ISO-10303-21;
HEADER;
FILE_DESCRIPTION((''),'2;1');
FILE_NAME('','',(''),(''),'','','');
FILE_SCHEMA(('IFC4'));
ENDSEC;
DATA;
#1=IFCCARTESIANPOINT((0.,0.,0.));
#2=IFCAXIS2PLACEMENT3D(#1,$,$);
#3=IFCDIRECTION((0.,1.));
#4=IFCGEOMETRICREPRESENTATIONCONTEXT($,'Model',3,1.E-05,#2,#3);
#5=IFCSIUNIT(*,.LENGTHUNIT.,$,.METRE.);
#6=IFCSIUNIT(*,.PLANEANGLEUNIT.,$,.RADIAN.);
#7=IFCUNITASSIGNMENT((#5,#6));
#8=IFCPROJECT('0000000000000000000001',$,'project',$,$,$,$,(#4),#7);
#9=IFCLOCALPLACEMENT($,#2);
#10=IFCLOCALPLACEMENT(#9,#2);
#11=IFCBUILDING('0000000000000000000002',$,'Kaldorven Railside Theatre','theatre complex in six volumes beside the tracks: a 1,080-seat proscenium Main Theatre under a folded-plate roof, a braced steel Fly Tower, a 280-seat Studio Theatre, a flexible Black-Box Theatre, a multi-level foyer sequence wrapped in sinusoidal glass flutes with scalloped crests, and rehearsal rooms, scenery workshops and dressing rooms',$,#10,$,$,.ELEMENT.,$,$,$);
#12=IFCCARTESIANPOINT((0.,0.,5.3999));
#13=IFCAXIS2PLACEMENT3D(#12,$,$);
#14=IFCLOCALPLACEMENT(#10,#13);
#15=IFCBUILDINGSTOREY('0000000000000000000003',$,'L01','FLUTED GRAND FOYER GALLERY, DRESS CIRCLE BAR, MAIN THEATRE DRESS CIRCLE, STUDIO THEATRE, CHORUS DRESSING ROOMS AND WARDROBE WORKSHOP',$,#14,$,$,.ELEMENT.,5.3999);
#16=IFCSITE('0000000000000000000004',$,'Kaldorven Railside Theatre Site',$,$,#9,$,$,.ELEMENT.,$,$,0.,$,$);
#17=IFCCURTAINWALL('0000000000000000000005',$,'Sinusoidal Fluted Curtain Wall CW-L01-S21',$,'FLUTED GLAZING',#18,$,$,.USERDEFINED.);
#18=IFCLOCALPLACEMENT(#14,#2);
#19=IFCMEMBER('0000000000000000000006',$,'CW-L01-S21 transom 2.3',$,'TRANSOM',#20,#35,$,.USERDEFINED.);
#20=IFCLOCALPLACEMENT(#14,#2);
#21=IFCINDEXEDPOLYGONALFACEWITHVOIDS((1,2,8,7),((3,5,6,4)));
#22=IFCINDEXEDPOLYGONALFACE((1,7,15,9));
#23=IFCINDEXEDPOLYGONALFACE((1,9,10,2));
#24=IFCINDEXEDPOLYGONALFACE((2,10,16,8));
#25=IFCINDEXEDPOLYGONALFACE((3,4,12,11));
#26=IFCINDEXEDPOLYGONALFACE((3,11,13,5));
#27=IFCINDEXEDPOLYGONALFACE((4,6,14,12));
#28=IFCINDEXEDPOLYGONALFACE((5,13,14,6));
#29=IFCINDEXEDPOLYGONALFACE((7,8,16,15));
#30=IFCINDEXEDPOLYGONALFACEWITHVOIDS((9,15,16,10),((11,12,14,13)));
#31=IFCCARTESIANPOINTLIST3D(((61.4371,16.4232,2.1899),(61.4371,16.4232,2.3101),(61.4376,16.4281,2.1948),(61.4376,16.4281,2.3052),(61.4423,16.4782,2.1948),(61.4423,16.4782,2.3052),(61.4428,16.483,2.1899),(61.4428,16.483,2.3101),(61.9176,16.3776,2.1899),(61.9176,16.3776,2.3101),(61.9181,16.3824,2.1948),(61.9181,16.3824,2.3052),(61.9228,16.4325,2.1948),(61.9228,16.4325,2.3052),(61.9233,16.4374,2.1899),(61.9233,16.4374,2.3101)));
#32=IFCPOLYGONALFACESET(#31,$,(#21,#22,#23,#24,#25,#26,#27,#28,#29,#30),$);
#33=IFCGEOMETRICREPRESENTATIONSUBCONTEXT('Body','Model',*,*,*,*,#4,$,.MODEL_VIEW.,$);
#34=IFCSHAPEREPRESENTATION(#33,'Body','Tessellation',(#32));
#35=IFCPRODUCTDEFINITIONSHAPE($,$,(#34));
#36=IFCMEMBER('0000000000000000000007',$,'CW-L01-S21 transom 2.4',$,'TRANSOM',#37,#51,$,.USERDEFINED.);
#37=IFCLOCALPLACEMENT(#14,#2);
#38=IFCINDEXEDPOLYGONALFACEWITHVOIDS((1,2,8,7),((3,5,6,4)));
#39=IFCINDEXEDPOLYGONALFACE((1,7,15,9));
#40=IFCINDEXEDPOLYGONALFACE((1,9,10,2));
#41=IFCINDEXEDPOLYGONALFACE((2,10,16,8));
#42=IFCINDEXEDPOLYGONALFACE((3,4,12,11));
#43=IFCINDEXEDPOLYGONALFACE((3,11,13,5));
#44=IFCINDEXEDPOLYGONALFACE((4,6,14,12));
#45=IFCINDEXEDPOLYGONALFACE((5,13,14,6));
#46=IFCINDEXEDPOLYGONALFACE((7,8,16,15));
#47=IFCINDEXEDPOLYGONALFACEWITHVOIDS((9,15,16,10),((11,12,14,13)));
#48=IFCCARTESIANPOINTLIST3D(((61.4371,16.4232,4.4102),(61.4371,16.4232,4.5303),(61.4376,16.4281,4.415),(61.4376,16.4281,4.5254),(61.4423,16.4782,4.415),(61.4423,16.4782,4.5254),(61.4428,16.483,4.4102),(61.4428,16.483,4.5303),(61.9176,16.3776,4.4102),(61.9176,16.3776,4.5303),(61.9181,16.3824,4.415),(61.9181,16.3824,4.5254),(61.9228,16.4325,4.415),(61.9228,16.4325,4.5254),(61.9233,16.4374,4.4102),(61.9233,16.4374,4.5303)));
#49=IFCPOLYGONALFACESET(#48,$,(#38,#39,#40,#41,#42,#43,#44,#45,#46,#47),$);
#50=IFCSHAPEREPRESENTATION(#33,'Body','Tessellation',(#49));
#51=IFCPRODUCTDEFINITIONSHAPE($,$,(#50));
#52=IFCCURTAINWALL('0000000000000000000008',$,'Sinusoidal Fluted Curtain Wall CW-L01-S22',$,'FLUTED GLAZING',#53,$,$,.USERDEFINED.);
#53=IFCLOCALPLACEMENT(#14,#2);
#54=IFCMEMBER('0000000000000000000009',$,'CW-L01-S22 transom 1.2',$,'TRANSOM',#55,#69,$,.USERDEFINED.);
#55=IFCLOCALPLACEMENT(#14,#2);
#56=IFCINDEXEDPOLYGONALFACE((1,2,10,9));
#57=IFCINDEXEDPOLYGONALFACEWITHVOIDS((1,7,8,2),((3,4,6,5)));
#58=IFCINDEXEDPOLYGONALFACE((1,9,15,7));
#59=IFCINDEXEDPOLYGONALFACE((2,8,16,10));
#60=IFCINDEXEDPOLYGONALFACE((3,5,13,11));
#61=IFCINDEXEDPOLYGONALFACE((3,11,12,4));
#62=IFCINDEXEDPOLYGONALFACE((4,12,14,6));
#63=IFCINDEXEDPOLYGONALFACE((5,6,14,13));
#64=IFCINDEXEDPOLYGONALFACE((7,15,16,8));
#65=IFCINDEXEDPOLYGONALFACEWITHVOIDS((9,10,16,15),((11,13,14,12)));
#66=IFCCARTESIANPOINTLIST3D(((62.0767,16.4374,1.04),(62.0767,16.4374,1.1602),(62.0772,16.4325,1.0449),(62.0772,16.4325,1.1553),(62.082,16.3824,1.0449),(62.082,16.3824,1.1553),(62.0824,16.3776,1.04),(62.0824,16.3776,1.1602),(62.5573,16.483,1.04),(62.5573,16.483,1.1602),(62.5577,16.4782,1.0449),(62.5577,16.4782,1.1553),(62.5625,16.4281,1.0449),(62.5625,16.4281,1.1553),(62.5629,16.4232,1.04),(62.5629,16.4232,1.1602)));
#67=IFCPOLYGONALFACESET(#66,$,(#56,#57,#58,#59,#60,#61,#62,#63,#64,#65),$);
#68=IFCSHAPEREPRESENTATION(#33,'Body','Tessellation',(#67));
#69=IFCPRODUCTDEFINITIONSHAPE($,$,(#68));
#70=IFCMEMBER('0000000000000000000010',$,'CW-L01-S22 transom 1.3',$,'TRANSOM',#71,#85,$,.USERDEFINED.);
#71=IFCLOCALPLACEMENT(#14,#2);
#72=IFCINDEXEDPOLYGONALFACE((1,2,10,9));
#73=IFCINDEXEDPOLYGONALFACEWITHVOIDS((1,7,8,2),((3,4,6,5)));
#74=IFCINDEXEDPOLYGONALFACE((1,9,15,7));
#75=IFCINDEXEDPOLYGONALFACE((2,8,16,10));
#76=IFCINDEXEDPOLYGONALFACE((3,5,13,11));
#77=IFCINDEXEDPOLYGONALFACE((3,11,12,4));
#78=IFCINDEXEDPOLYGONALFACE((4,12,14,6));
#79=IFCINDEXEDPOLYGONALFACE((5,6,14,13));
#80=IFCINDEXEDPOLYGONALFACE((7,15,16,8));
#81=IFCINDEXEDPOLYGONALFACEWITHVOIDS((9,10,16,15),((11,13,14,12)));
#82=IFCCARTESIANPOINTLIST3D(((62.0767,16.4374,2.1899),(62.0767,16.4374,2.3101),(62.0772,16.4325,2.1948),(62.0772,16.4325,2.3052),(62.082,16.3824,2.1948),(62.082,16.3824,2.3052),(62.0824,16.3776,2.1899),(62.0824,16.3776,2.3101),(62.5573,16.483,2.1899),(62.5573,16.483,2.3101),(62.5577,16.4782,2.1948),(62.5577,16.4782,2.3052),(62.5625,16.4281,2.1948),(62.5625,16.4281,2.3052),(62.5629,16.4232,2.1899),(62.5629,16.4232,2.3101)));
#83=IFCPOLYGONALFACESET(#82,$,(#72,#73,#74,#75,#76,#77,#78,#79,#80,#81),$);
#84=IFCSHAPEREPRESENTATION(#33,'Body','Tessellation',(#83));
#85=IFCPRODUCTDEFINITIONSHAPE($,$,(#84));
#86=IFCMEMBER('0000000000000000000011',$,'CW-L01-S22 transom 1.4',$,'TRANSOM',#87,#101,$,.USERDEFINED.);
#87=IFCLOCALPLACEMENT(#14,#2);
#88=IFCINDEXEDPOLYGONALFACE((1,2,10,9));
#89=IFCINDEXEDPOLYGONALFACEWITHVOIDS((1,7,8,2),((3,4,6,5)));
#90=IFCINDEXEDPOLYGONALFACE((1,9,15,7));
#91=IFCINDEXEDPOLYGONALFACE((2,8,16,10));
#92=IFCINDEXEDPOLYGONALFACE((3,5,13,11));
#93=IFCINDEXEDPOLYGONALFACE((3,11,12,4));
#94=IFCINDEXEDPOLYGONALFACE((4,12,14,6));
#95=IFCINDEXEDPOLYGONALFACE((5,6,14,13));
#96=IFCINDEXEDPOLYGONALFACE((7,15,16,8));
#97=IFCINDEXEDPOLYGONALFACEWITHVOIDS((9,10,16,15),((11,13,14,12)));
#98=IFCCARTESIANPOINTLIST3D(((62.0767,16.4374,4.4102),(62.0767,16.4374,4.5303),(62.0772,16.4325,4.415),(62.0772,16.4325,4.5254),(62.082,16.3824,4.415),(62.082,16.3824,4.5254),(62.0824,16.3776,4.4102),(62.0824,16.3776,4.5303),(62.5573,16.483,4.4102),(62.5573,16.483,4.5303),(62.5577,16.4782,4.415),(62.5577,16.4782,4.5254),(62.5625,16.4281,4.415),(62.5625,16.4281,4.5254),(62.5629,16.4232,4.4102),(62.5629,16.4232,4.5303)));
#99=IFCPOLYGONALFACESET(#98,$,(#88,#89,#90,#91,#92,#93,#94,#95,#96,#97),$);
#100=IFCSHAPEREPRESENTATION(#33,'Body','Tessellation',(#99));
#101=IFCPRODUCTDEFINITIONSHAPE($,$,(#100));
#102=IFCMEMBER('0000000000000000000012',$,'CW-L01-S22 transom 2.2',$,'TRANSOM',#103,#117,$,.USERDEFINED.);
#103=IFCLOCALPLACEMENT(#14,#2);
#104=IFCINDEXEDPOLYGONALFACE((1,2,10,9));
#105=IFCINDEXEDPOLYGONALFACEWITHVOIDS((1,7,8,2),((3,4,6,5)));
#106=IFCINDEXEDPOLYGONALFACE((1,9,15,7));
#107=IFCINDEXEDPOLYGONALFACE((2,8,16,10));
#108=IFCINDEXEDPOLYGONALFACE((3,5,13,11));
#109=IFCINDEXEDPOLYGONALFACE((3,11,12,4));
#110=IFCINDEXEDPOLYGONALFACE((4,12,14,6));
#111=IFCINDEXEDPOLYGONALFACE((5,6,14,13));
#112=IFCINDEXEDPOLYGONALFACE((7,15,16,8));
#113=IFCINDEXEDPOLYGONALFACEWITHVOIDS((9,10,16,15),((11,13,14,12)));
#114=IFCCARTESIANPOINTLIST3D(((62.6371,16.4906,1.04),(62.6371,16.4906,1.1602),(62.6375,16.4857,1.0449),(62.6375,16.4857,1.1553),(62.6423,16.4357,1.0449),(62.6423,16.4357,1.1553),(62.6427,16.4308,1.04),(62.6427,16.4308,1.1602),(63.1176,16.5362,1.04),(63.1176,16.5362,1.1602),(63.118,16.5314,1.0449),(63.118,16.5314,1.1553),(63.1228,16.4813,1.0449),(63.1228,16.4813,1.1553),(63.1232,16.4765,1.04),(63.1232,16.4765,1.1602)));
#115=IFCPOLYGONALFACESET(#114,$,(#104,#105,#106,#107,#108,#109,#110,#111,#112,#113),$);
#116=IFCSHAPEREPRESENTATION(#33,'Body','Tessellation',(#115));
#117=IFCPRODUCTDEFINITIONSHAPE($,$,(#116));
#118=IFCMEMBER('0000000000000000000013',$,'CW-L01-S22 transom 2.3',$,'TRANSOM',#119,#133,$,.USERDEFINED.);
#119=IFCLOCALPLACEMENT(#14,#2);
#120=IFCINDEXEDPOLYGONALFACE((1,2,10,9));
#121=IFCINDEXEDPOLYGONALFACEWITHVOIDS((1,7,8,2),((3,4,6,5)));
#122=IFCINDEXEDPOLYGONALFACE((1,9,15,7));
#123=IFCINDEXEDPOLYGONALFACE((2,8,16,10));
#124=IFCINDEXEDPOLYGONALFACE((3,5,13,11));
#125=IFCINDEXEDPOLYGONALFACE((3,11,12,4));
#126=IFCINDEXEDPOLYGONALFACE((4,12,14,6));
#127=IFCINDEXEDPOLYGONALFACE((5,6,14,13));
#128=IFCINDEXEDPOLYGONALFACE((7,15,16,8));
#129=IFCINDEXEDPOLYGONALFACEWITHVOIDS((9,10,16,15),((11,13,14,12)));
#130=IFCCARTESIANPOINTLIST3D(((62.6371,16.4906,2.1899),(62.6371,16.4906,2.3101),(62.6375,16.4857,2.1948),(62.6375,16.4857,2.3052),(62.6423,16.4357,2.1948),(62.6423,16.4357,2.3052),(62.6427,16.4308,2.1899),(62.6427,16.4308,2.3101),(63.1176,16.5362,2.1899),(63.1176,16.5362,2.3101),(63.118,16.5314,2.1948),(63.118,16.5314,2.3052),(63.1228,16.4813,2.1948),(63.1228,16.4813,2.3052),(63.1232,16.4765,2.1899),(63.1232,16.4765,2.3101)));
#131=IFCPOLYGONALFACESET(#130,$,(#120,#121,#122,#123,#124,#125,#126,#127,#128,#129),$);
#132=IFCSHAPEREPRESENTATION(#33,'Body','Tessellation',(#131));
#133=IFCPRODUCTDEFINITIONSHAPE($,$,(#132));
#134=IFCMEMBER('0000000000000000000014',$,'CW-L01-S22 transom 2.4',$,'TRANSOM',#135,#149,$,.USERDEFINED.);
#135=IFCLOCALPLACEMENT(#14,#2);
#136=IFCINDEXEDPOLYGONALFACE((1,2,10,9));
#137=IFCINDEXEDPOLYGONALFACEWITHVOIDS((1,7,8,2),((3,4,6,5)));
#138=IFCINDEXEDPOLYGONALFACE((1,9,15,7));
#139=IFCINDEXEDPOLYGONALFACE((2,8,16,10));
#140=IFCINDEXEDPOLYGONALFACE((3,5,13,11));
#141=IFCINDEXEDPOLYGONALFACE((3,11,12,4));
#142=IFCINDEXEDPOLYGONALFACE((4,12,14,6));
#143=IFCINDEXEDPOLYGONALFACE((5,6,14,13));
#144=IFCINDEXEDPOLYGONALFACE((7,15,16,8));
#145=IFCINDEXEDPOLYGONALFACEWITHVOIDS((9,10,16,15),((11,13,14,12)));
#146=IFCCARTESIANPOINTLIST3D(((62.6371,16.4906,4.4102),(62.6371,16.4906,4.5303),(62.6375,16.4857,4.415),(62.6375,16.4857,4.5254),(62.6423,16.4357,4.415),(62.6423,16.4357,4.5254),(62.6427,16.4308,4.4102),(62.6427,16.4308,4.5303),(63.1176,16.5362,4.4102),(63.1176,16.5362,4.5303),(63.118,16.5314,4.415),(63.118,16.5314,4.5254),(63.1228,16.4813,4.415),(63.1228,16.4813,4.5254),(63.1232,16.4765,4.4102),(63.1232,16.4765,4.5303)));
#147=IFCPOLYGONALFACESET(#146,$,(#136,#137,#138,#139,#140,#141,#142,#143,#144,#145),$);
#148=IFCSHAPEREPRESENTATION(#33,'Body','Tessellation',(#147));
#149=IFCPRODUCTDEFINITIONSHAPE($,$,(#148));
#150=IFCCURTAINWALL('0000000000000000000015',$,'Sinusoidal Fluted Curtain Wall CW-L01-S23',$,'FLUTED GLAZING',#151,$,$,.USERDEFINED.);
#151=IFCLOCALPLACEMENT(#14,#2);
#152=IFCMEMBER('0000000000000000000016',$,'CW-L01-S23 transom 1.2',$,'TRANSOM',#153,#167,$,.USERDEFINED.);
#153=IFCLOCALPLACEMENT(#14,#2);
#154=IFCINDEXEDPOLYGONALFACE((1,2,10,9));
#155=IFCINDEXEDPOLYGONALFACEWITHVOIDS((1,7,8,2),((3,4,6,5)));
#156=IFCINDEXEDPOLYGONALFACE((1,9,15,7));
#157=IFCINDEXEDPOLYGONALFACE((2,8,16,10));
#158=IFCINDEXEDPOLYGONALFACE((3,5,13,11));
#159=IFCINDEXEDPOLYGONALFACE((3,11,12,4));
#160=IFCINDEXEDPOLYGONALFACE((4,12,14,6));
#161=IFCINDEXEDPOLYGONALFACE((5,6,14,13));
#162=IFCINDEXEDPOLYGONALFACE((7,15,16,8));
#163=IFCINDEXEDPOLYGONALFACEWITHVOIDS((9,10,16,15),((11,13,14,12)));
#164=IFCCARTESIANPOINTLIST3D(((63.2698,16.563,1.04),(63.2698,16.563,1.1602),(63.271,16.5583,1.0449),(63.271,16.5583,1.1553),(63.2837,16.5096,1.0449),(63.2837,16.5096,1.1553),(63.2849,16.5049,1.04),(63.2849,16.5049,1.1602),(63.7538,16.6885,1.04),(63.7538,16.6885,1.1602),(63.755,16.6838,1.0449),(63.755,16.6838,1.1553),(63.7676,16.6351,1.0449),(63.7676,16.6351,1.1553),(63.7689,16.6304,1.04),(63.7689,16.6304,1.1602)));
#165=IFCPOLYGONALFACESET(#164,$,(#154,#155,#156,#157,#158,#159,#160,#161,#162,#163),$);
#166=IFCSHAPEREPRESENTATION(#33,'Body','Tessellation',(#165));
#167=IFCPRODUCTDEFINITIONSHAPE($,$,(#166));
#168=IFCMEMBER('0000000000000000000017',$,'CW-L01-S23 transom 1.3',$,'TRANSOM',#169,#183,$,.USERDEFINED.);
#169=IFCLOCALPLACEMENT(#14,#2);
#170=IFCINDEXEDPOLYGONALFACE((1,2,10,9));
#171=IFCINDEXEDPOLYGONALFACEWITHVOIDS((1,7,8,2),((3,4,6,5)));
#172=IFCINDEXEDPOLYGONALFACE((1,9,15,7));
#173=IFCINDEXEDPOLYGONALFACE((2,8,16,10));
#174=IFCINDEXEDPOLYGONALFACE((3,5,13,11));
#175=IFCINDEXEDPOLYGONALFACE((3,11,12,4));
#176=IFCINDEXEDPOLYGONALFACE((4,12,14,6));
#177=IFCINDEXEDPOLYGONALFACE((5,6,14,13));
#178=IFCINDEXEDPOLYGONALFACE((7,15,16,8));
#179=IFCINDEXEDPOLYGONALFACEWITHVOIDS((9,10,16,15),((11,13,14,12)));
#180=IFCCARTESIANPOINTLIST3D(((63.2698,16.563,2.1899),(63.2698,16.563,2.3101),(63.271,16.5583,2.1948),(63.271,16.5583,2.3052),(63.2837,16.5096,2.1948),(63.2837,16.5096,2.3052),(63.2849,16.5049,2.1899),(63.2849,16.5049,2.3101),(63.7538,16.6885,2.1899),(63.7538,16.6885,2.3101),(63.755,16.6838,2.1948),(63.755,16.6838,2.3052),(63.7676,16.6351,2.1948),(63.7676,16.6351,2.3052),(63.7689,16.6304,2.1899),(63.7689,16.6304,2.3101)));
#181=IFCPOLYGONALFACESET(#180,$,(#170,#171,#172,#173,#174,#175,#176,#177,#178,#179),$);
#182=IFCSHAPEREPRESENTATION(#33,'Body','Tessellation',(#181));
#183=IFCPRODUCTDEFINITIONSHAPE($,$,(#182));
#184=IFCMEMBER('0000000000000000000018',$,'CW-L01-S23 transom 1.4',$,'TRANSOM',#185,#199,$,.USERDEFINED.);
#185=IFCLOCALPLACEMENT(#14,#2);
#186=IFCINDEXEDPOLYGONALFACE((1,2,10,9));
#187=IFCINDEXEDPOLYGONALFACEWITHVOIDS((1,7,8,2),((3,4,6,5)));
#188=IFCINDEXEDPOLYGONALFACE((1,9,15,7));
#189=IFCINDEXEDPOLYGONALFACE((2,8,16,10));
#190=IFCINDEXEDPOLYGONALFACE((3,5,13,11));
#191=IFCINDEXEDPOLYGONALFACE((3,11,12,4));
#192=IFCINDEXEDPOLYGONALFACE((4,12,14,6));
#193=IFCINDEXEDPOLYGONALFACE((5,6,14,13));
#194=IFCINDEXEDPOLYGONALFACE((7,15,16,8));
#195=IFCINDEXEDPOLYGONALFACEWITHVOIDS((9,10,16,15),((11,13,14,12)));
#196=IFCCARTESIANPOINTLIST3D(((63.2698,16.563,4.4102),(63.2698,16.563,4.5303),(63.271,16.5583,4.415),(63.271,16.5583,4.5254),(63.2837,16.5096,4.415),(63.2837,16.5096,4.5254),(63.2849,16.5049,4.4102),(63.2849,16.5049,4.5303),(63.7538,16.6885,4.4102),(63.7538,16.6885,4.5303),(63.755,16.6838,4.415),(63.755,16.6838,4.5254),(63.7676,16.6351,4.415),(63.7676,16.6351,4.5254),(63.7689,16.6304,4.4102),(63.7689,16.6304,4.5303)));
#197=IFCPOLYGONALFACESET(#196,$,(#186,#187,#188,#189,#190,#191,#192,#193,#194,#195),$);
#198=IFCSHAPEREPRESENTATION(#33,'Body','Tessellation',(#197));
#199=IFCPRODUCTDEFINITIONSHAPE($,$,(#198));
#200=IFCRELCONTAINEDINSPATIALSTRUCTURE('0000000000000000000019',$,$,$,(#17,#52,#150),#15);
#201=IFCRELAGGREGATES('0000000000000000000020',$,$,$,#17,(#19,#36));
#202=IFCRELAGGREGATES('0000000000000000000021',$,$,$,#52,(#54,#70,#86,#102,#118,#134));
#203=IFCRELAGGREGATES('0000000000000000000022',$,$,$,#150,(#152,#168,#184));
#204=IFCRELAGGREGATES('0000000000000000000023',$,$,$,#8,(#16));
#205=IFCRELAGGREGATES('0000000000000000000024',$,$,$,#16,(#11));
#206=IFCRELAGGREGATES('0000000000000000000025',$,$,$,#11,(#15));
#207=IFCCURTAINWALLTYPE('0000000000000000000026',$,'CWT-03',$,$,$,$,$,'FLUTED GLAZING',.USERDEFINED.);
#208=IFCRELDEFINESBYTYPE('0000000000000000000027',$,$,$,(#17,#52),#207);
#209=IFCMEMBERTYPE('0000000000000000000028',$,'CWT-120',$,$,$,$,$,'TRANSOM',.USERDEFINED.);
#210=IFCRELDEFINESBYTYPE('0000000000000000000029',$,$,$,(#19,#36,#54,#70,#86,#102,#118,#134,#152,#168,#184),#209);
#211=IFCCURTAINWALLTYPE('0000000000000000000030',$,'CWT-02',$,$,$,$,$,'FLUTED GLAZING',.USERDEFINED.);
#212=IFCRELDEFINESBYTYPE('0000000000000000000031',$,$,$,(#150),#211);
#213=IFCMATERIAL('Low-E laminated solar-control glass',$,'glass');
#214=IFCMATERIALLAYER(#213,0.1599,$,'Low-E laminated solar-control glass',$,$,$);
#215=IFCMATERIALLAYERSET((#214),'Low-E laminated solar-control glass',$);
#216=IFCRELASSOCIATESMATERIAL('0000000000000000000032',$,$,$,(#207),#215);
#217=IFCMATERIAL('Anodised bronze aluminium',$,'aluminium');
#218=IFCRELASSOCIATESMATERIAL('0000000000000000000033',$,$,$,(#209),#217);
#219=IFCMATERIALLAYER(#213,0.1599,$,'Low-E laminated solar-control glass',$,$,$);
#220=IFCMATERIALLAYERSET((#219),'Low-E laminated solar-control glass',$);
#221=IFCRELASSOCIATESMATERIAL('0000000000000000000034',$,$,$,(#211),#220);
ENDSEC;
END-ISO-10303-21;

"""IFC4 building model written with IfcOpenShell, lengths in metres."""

from ifc_helpers import new_model, si_unit, direction, frame, origin, origin_2d, place, context, subcontext, project, spatial, hollow_rectangle, extrude, material, layer, layer_set, material_profile, profile_set, type_object, element, aggregate, save


model = new_model("IFC4")

# Units and contexts
model_context = context("Model", 3, precision=1e-05, world=origin(), true_north=direction((0.0, 1.0)))
body_context = subcontext(model_context, "Body", "Model", "MODEL_VIEW")
ifc_project = project(units=[si_unit("LENGTHUNIT", "METRE"), si_unit("PLANEANGLEUNIT", "RADIAN")], contexts=[model_context])

# Site, building, storey
site_placement = place(None, origin())
site = spatial("IfcSite", under=ifc_project, at=site_placement, Name="Kaldorven Railside Theatre Site", CompositionType="ELEMENT", RefElevation=0.0)
building_placement = place(site_placement, origin())
building = spatial("IfcBuilding", under=site, at=building_placement, Name="Kaldorven Railside Theatre", Description="theatre complex in six volumes beside the tracks: a 1,080-seat proscenium Main Theatre under a folded-plate roof, a braced steel Fly Tower, a 280-seat Studio Theatre, a flexible Black-Box Theatre, a multi-level foyer sequence wrapped in sinusoidal glass flutes with scalloped crests, and rehearsal rooms, scenery workshops and dressing rooms", CompositionType="ELEMENT")
storey_placement = place(building_placement, frame((0.0, 0.0, 5.3999)))
storey = spatial("IfcBuildingStorey", under=building, at=storey_placement, Name="L01", Description="FLUTED GRAND FOYER GALLERY, DRESS CIRCLE BAR, MAIN THEATRE DRESS CIRCLE, STUDIO THEATRE, CHORUS DRESSING ROOMS AND WARDROBE WORKSHOP", CompositionType="ELEMENT", Elevation=5.3999)

# Curtain walls, members
ifc_material_1 = material(Name="Low-E laminated solar-control glass", Category="glass")
ifc_layer_1 = layer(ifc_material_1, 0.1599, Name="Low-E laminated solar-control glass")
ifc_layer_set_1 = layer_set([ifc_layer_1], Name="Low-E laminated solar-control glass")
curtain_wall_type_1 = type_object("IfcCurtainWallType", Name="CWT-03", ElementType="FLUTED GLAZING", PredefinedType="USERDEFINED", material=ifc_layer_set_1)
curtain_wall_1_placement = place(storey_placement, origin())
curtain_wall_1 = element("IfcCurtainWall", 1, at=curtain_wall_1_placement, inside=storey, type_object=curtain_wall_type_1, Name="Sinusoidal Fluted Curtain Wall CW-L01-S21", ObjectType="FLUTED GLAZING", PredefinedType="USERDEFINED")
ifc_material_2 = material(Name="Anodised bronze aluminium", Category="aluminium")
ifc_material_profile = material_profile(ifc_material_2, hollow_rectangle(XDim=0.0601, YDim=0.1201, WallThickness=0.0049, at=origin_2d()), Name="RHS 120x60x5")
ifc_profile_set = profile_set([ifc_material_profile], Name="Anodised bronze aluminium")
member_type = type_object("IfcMemberType", Name="CWT-120", ElementType="TRANSOM", PredefinedType="USERDEFINED", material=ifc_profile_set)
member_1_placement = place(storey_placement, frame((61.4399, 16.4531, 2.25), z_axis=(0.995516, -0.094594, 0.0), x_axis=(0.094594, 0.995516, 0.0)))
member_1 = element("IfcMember", 2, at=member_1_placement, type_object=member_type, Name="CW-L01-S21 transom 2.3", ObjectType="TRANSOM", PredefinedType="USERDEFINED", context=body_context, shape_type="SweptSolid", body=[
    extrude(hollow_rectangle(XDim=0.0601, YDim=0.1201, WallThickness=0.0049, at=origin_2d()), origin(), (0.0, 0.0, 1.0), 0.4827),
])
member_2_placement = place(storey_placement, frame((61.4399, 16.4531, 4.4702), z_axis=(0.995516, -0.094594, 0.0), x_axis=(0.094594, 0.995516, 0.0)))
member_2 = element("IfcMember", 3, at=member_2_placement, type_object=member_type, Name="CW-L01-S21 transom 2.4", ObjectType="TRANSOM", PredefinedType="USERDEFINED", context=body_context, shape_type="SweptSolid", body=[
    extrude(hollow_rectangle(XDim=0.0601, YDim=0.1201, WallThickness=0.0049, at=origin_2d()), origin(), (0.0, 0.0, 1.0), 0.4827),
])
curtain_wall_2_placement = place(storey_placement, origin())
curtain_wall_2 = element("IfcCurtainWall", 4, at=curtain_wall_2_placement, inside=storey, type_object=curtain_wall_type_1, Name="Sinusoidal Fluted Curtain Wall CW-L01-S22", ObjectType="FLUTED GLAZING", PredefinedType="USERDEFINED")
member_3_placement = place(storey_placement, frame((62.0796, 16.4075, 1.1001), z_axis=(0.995516, 0.094594, 0.0), x_axis=(-0.094594, 0.995516, 0.0)))
member_3 = element("IfcMember", 5, at=member_3_placement, type_object=member_type, Name="CW-L01-S22 transom 1.2", ObjectType="TRANSOM", PredefinedType="USERDEFINED", context=body_context, shape_type="SweptSolid", body=[
    extrude(hollow_rectangle(XDim=0.0601, YDim=0.1201, WallThickness=0.0049, at=origin_2d()), origin(), (0.0, 0.0, 1.0), 0.4827),
])
member_4_placement = place(storey_placement, frame((62.0796, 16.4075, 2.25), z_axis=(0.995516, 0.094594, 0.0), x_axis=(-0.094594, 0.995516, 0.0)))
member_4 = element("IfcMember", 6, at=member_4_placement, type_object=member_type, Name="CW-L01-S22 transom 1.3", ObjectType="TRANSOM", PredefinedType="USERDEFINED", context=body_context, shape_type="SweptSolid", body=[
    extrude(hollow_rectangle(XDim=0.0601, YDim=0.1201, WallThickness=0.0049, at=origin_2d()), origin(), (0.0, 0.0, 1.0), 0.4827),
])
member_5_placement = place(storey_placement, frame((62.0796, 16.4075, 4.4702), z_axis=(0.995516, 0.094594, 0.0), x_axis=(-0.094594, 0.995516, 0.0)))
member_5 = element("IfcMember", 7, at=member_5_placement, type_object=member_type, Name="CW-L01-S22 transom 1.4", ObjectType="TRANSOM", PredefinedType="USERDEFINED", context=body_context, shape_type="SweptSolid", body=[
    extrude(hollow_rectangle(XDim=0.0601, YDim=0.1201, WallThickness=0.0049, at=origin_2d()), origin(), (0.0, 0.0, 1.0), 0.4827),
])
member_6_placement = place(storey_placement, frame((62.6399, 16.4607, 1.1001), z_axis=(0.995516, 0.094594, 0.0), x_axis=(-0.094594, 0.995516, 0.0)))
member_6 = element("IfcMember", 8, at=member_6_placement, type_object=member_type, Name="CW-L01-S22 transom 2.2", ObjectType="TRANSOM", PredefinedType="USERDEFINED", context=body_context, shape_type="SweptSolid", body=[
    extrude(hollow_rectangle(XDim=0.0601, YDim=0.1201, WallThickness=0.0049, at=origin_2d()), origin(), (0.0, 0.0, 1.0), 0.4827),
])
member_7_placement = place(storey_placement, frame((62.6399, 16.4607, 2.25), z_axis=(0.995516, 0.094594, 0.0), x_axis=(-0.094594, 0.995516, 0.0)))
member_7 = element("IfcMember", 9, at=member_7_placement, type_object=member_type, Name="CW-L01-S22 transom 2.3", ObjectType="TRANSOM", PredefinedType="USERDEFINED", context=body_context, shape_type="SweptSolid", body=[
    extrude(hollow_rectangle(XDim=0.0601, YDim=0.1201, WallThickness=0.0049, at=origin_2d()), origin(), (0.0, 0.0, 1.0), 0.4827),
])
member_8_placement = place(storey_placement, frame((62.6399, 16.4607, 4.4702), z_axis=(0.995516, 0.094594, 0.0), x_axis=(-0.094594, 0.995516, 0.0)))
member_8 = element("IfcMember", 10, at=member_8_placement, type_object=member_type, Name="CW-L01-S22 transom 2.4", ObjectType="TRANSOM", PredefinedType="USERDEFINED", context=body_context, shape_type="SweptSolid", body=[
    extrude(hollow_rectangle(XDim=0.0601, YDim=0.1201, WallThickness=0.0049, at=origin_2d()), origin(), (0.0, 0.0, 1.0), 0.4827),
])
ifc_layer_2 = layer(ifc_material_1, 0.1599, Name="Low-E laminated solar-control glass")
ifc_layer_set_2 = layer_set([ifc_layer_2], Name="Low-E laminated solar-control glass")
curtain_wall_type_2 = type_object("IfcCurtainWallType", Name="CWT-02", ElementType="FLUTED GLAZING", PredefinedType="USERDEFINED", material=ifc_layer_set_2)
curtain_wall_3_placement = place(storey_placement, origin())
curtain_wall_3 = element("IfcCurtainWall", 11, at=curtain_wall_3_placement, inside=storey, type_object=curtain_wall_type_2, Name="Sinusoidal Fluted Curtain Wall CW-L01-S23", ObjectType="FLUTED GLAZING", PredefinedType="USERDEFINED")
member_9_placement = place(storey_placement, frame((63.2773, 16.5339, 1.1001), z_axis=(0.967979, 0.25103, 0.0), x_axis=(-0.25103, 0.967979, 0.0)))
member_9 = element("IfcMember", 12, at=member_9_placement, type_object=member_type, Name="CW-L01-S23 transom 1.2", ObjectType="TRANSOM", PredefinedType="USERDEFINED", context=body_context, shape_type="SweptSolid", body=[
    extrude(hollow_rectangle(XDim=0.0601, YDim=0.1201, WallThickness=0.0049, at=origin_2d()), origin(), (0.0, 0.0, 1.0), 0.5),
])
member_10_placement = place(storey_placement, frame((63.2773, 16.5339, 2.25), z_axis=(0.967979, 0.25103, 0.0), x_axis=(-0.25103, 0.967979, 0.0)))
member_10 = element("IfcMember", 13, at=member_10_placement, type_object=member_type, Name="CW-L01-S23 transom 1.3", ObjectType="TRANSOM", PredefinedType="USERDEFINED", context=body_context, shape_type="SweptSolid", body=[
    extrude(hollow_rectangle(XDim=0.0601, YDim=0.1201, WallThickness=0.0049, at=origin_2d()), origin(), (0.0, 0.0, 1.0), 0.5),
])
member_11_placement = place(storey_placement, frame((63.2773, 16.5339, 4.4702), z_axis=(0.967979, 0.25103, 0.0), x_axis=(-0.25103, 0.967979, 0.0)))
member_11 = element("IfcMember", 14, at=member_11_placement, type_object=member_type, Name="CW-L01-S23 transom 1.4", ObjectType="TRANSOM", PredefinedType="USERDEFINED", context=body_context, shape_type="SweptSolid", body=[
    extrude(hollow_rectangle(XDim=0.0601, YDim=0.1201, WallThickness=0.0049, at=origin_2d()), origin(), (0.0, 0.0, 1.0), 0.5),
])

aggregate(curtain_wall_1, [member_1, member_2])
aggregate(curtain_wall_2, [member_3, member_4, member_5, member_6, member_7, member_8])
aggregate(curtain_wall_3, [member_9, member_10, member_11])

save(model, "model.ifc")
